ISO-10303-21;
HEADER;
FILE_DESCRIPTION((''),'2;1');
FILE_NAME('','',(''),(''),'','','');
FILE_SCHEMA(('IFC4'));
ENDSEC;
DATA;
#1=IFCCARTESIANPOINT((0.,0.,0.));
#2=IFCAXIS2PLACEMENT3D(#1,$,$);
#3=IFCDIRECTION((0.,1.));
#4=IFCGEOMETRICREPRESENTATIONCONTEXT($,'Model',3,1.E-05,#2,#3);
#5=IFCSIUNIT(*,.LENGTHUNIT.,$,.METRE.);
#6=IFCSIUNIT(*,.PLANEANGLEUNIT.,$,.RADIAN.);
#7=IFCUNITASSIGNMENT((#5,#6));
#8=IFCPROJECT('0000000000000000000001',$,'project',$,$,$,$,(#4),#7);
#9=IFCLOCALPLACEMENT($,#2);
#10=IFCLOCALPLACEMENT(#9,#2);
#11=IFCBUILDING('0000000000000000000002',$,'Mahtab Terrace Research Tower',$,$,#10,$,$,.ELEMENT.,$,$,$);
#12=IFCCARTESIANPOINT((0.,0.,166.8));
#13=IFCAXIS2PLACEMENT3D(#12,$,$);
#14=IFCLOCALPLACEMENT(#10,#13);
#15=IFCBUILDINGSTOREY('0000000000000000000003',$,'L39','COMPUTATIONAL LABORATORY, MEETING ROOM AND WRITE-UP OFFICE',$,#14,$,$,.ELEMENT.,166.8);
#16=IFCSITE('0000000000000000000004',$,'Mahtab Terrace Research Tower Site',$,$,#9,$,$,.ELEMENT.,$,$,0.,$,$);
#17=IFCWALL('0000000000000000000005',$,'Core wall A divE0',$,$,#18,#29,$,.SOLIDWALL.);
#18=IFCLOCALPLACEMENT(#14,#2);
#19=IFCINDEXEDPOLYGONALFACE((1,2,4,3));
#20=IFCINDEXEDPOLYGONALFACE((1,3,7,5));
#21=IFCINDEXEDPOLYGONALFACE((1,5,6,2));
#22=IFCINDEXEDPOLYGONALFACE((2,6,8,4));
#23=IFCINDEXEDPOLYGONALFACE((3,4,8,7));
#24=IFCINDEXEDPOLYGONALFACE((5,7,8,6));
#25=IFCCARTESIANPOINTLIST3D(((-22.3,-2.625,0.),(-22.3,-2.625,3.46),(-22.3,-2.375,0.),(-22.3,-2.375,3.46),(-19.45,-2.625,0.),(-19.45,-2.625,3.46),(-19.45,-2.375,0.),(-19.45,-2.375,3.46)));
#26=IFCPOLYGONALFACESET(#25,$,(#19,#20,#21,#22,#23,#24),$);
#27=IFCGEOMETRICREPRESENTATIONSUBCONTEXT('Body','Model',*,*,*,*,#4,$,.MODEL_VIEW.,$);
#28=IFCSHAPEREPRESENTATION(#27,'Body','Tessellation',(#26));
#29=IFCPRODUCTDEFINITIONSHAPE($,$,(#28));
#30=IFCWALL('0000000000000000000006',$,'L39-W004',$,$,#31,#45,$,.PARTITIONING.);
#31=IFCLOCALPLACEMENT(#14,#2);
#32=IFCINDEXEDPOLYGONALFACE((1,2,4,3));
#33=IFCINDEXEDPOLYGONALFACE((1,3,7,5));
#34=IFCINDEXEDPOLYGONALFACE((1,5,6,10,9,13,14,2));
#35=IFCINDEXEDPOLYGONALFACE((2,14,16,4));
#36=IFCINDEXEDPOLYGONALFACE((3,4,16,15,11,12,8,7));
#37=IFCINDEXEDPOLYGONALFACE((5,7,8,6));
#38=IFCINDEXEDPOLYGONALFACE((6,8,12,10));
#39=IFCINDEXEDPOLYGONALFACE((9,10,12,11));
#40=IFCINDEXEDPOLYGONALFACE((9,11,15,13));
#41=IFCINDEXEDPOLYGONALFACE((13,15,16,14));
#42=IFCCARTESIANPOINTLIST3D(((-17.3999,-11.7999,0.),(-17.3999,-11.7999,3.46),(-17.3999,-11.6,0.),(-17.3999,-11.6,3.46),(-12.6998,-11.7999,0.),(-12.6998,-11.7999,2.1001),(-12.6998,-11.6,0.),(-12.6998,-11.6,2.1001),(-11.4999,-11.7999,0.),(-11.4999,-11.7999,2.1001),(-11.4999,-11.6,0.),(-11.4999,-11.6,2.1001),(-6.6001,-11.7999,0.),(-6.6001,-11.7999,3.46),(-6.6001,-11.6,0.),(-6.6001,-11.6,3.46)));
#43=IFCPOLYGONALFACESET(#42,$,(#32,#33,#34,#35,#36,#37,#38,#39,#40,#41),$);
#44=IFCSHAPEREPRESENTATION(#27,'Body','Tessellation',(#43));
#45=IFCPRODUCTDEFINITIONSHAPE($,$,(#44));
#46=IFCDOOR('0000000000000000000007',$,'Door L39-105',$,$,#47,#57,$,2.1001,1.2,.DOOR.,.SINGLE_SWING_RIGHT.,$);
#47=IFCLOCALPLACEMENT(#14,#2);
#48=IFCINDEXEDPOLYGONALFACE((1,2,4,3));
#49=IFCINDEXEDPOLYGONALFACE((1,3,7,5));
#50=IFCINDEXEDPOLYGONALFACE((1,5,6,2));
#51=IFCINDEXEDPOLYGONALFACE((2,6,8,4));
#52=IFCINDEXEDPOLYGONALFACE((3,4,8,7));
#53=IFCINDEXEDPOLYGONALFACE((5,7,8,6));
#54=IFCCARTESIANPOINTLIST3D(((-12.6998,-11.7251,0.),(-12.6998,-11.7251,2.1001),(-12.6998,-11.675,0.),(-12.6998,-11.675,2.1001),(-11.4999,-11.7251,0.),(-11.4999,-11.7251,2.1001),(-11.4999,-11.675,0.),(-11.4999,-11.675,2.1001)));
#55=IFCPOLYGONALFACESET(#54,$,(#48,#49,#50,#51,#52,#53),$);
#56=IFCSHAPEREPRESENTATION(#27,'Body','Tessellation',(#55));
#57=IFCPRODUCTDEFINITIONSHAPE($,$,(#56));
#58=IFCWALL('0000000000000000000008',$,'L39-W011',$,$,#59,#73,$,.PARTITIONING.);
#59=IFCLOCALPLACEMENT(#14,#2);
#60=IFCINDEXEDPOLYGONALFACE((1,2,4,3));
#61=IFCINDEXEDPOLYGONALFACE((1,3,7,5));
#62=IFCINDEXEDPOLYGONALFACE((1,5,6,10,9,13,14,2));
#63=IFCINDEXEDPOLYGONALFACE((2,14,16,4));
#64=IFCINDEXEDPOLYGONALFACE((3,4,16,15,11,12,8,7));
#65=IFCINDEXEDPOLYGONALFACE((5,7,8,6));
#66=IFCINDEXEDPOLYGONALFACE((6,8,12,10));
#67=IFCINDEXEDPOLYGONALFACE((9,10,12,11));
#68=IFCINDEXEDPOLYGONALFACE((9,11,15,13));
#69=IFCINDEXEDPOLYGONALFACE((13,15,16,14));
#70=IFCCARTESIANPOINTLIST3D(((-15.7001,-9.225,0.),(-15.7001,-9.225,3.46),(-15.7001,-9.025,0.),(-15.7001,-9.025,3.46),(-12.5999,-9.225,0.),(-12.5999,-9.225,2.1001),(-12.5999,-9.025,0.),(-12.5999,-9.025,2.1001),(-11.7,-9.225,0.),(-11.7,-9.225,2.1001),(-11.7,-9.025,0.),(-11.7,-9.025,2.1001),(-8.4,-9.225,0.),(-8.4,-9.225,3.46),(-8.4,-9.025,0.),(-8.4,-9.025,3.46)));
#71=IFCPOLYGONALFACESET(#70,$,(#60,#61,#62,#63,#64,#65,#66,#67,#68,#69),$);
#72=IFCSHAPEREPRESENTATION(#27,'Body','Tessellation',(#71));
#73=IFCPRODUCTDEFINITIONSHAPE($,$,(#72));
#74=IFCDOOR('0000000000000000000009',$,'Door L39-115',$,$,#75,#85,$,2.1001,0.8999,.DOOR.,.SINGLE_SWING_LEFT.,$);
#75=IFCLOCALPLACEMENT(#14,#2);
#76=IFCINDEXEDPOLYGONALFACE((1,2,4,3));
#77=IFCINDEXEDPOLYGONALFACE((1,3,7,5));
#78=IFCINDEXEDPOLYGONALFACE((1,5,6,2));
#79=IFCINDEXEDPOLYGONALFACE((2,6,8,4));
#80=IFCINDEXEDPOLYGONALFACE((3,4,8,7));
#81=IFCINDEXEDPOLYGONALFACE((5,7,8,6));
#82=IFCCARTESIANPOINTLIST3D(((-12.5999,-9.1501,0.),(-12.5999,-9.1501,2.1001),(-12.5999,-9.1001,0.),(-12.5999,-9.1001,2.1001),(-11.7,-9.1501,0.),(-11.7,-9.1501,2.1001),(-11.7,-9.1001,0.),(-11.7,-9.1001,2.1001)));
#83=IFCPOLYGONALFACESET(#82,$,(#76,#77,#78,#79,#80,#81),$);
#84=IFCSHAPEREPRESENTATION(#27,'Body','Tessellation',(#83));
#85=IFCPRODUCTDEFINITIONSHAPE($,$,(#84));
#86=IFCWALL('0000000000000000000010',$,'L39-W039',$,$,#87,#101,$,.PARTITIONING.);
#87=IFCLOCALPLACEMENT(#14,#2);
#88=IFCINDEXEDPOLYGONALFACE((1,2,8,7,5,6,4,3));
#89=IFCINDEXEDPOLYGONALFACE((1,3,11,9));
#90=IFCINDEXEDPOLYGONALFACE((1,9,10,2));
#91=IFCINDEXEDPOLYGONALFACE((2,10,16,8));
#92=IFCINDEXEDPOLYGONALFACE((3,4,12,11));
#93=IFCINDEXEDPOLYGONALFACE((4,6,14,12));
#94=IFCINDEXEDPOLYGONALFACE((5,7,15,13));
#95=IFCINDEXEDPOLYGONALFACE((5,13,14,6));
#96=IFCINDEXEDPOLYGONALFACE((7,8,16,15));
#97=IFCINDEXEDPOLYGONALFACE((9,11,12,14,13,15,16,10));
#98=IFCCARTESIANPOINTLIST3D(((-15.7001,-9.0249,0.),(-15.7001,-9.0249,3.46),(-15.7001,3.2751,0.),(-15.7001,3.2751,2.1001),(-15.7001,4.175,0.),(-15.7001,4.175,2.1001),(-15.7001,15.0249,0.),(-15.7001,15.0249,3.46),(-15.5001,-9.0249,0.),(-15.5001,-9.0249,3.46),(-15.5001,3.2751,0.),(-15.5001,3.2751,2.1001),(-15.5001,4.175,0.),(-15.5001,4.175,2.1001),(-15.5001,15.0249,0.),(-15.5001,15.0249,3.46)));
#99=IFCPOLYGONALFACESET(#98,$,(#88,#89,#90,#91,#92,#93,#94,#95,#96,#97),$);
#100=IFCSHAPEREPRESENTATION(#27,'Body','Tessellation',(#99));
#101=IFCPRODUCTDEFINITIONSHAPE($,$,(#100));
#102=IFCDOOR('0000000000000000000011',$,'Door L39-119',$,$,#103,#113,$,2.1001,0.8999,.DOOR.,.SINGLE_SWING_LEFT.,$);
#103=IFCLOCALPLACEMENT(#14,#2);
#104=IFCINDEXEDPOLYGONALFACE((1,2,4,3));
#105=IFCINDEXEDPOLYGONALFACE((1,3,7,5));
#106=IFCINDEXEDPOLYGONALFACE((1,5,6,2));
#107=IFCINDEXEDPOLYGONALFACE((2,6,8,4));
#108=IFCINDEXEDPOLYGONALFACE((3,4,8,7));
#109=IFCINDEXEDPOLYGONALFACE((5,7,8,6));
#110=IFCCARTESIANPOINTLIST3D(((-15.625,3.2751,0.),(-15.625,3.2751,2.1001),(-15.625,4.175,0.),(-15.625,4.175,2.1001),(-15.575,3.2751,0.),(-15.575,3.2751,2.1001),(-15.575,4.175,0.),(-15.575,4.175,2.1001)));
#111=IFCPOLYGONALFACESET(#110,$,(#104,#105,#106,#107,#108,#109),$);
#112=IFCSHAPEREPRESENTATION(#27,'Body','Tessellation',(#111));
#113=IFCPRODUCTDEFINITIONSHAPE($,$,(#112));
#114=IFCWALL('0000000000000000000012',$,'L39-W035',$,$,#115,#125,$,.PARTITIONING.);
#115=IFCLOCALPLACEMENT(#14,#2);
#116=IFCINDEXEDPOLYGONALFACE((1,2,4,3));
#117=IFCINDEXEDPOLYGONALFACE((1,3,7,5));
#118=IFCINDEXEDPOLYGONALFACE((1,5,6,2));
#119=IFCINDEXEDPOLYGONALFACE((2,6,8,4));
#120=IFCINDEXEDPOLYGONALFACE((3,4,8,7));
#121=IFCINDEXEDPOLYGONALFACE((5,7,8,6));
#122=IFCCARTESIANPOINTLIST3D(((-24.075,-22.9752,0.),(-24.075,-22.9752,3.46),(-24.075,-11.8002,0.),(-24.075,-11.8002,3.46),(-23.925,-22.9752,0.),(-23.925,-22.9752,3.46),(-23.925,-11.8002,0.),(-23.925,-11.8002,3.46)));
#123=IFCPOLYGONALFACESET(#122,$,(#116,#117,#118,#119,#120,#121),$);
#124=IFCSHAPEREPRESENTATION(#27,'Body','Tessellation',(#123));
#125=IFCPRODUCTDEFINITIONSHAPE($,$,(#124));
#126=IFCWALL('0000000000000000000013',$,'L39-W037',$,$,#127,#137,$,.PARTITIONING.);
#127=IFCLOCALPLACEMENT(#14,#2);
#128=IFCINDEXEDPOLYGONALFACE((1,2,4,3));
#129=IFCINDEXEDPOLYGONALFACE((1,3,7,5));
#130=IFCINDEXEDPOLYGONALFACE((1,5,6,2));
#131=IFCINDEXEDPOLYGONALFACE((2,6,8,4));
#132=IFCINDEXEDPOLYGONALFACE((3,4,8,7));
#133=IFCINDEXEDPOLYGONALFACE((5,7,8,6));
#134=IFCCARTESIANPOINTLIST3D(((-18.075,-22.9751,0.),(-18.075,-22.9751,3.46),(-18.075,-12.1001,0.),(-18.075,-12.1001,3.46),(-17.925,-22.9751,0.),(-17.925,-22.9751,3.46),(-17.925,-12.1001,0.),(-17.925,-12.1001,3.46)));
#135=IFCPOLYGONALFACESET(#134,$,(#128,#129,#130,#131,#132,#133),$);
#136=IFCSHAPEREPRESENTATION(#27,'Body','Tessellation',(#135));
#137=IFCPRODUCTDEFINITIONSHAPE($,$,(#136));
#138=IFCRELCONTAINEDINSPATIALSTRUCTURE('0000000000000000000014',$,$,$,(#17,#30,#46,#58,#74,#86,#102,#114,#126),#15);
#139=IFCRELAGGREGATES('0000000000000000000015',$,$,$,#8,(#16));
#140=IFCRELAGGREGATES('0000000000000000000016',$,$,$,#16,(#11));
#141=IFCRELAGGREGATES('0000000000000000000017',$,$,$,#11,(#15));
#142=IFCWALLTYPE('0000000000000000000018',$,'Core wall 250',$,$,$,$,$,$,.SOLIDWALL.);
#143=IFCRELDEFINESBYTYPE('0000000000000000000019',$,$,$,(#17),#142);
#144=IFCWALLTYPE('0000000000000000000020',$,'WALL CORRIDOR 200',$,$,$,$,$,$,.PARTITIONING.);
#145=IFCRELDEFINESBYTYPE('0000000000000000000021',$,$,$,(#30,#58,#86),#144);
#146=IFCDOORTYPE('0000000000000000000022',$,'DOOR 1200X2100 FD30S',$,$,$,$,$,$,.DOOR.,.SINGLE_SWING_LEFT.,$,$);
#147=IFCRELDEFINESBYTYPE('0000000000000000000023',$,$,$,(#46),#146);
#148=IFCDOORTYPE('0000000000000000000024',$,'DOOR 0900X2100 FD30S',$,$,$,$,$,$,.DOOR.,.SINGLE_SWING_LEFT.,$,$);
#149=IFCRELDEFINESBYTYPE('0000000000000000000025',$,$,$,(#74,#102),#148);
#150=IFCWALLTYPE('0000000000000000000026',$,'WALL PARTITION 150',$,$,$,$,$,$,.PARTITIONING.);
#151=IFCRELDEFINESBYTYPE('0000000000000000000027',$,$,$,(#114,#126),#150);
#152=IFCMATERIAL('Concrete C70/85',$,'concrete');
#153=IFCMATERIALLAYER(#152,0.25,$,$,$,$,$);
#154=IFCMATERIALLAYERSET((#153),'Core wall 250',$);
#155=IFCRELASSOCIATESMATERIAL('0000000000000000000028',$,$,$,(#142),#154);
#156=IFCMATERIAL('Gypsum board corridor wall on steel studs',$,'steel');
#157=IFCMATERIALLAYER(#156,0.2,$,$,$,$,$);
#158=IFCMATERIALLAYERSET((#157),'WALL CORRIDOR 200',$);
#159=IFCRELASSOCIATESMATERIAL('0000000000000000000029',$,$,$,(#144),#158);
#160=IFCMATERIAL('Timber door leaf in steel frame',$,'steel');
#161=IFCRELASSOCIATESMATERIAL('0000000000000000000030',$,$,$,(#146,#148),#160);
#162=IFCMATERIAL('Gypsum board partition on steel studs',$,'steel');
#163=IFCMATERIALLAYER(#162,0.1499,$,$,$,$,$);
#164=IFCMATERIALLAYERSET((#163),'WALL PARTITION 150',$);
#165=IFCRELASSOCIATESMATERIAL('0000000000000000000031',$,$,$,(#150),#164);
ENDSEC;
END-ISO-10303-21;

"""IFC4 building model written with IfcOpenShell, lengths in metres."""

from ifc_helpers import new_model, si_unit, direction, frame, frame_2d, origin, place, context, subcontext, project, spatial, rectangle, extrude, material, layer, layer_set, type_object, element, fill, save


model = new_model("IFC4")

# Units and contexts
model_context = context("Model", 3, precision=1e-05, world=origin(), true_north=direction((0.0, 1.0)))
body_context = subcontext(model_context, "Body", "Model", "MODEL_VIEW")
ifc_project = project(units=[si_unit("LENGTHUNIT", "METRE"), si_unit("PLANEANGLEUNIT", "RADIAN")], contexts=[model_context])

# Site, building, storey
site_placement = place(None, origin())
site = spatial("IfcSite", under=ifc_project, at=site_placement, Name="Mahtab Terrace Research Tower Site", CompositionType="ELEMENT", RefElevation=0.0)
building_placement = place(site_placement, origin())
building = spatial("IfcBuilding", under=site, at=building_placement, Name="Mahtab Terrace Research Tower", CompositionType="ELEMENT")
storey_placement = place(building_placement, frame((0.0, 0.0, 166.8)))
storey = spatial("IfcBuildingStorey", under=building, at=storey_placement, Name="L39", Description="COMPUTATIONAL LABORATORY, MEETING ROOM AND WRITE-UP OFFICE", CompositionType="ELEMENT", Elevation=166.8)

# Shared definitions
ifc_material_1 = material(Name="Concrete C70/85", Category="concrete")

# Shared definitions
ifc_layer_1 = layer(ifc_material_1, 0.25)
ifc_layer_set_1 = layer_set([ifc_layer_1], Name="Core wall 250")
wall_type_1 = type_object("IfcWallType", Name="Core wall 250", PredefinedType="SOLIDWALL", material=ifc_layer_set_1)

# Wall
wall_1_placement = place(storey_placement, frame((-22.3, -2.5, 0.0), z_axis=(0.0, 0.0, 1.0), x_axis=(1.0, 0.0, 0.0)))
element("IfcWall", 1, at=wall_1_placement, inside=storey, type_object=wall_type_1, Name="Core wall A divE0", PredefinedType="SOLIDWALL", context=body_context, shape_type="SweptSolid", body=[
    extrude(rectangle(XDim=2.8501, YDim=0.25, at=frame_2d((1.425, 0.0))), origin(), (0.0, 0.0, 1.0), 3.46),
])

# Walls, openings, doors
ifc_material_2 = material(Name="Gypsum board corridor wall on steel studs", Category="steel")
ifc_layer_2 = layer(ifc_material_2, 0.2)
ifc_layer_set_2 = layer_set([ifc_layer_2], Name="WALL CORRIDOR 200")
wall_type_2 = type_object("IfcWallType", Name="WALL CORRIDOR 200", PredefinedType="PARTITIONING", material=ifc_layer_set_2)
wall_2_placement = place(storey_placement, frame((-17.3999, -11.7, 0.0), z_axis=(0.0, 0.0, 1.0), x_axis=(1.0, 0.0, 0.0)))
wall_2 = element("IfcWall", 2, at=wall_2_placement, inside=storey, type_object=wall_type_2, Name="L39-W004", PredefinedType="PARTITIONING", context=body_context, shape_type="SweptSolid", body=[
    extrude(rectangle(XDim=10.7998, YDim=0.2, at=frame_2d((5.3999, 0.0))), origin(), (0.0, 0.0, 1.0), 3.46),
])
opening_1_placement = place(wall_2_placement, frame((4.7, 0.0, 0.0)))
opening_1 = element("IfcOpeningElement", 3, at=opening_1_placement, cuts=wall_2, PredefinedType="OPENING", context=body_context, shape_type="SweptSolid", body=[
    extrude(rectangle(XDim=1.2, YDim=2.1001, at=frame_2d((0.6001, 1.05))), frame((0.0, 0.1099, 0.0), z_axis=(0.0, -1.0, 0.0), x_axis=(1.0, 0.0, 0.0)), (0.0, 0.0, 1.0), 0.22),
])
ifc_material_3 = material(Name="Timber door leaf in steel frame", Category="steel")
door_type_1 = type_object("IfcDoorType", Name="DOOR 1200X2100 FD30S", OperationType="SINGLE_SWING_LEFT", PredefinedType="DOOR", material=ifc_material_3)
door_1_placement = place(opening_1_placement, origin())
door_1 = element("IfcDoor", 4, at=door_1_placement, inside=storey, type_object=door_type_1, Name="Door L39-105", OperationType="SINGLE_SWING_RIGHT", OverallHeight=2.1001, OverallWidth=1.2, PredefinedType="DOOR", context=body_context, shape_type="SweptSolid", body=[
    extrude(rectangle(XDim=1.2, YDim=2.1001, at=frame_2d((0.6001, 1.05))), frame((0.0, 0.0249, 0.0), z_axis=(0.0, -1.0, 0.0), x_axis=(1.0, 0.0, 0.0)), (0.0, 0.0, 1.0), 0.05),
])
fill(opening_1, door_1)
wall_3_placement = place(storey_placement, frame((-15.7, -9.125, 0.0), z_axis=(0.0, 0.0, 1.0), x_axis=(1.0, 0.0, 0.0)))
wall_3 = element("IfcWall", 5, at=wall_3_placement, inside=storey, type_object=wall_type_2, Name="L39-W011", PredefinedType="PARTITIONING", context=body_context, shape_type="SweptSolid", body=[
    extrude(rectangle(XDim=7.3, YDim=0.2, at=frame_2d((3.6499, 0.0))), origin(), (0.0, 0.0, 1.0), 3.46),
])
opening_2_placement = place(wall_3_placement, frame((3.1001, 0.0, 0.0)))
opening_2 = element("IfcOpeningElement", 6, at=opening_2_placement, cuts=wall_3, PredefinedType="OPENING", context=body_context, shape_type="SweptSolid", body=[
    extrude(rectangle(XDim=0.8999, YDim=2.1001, at=frame_2d((0.45, 1.05))), frame((0.0, 0.1099, 0.0), z_axis=(0.0, -1.0, 0.0), x_axis=(1.0, 0.0, 0.0)), (0.0, 0.0, 1.0), 0.22),
])
door_type_2 = type_object("IfcDoorType", Name="DOOR 0900X2100 FD30S", OperationType="SINGLE_SWING_LEFT", PredefinedType="DOOR", material=ifc_material_3)
door_2_placement = place(opening_2_placement, origin())
door_2 = element("IfcDoor", 7, at=door_2_placement, inside=storey, type_object=door_type_2, Name="Door L39-115", OperationType="SINGLE_SWING_LEFT", OverallHeight=2.1001, OverallWidth=0.8999, PredefinedType="DOOR", context=body_context, shape_type="SweptSolid", body=[
    extrude(rectangle(XDim=0.8999, YDim=2.1001, at=frame_2d((0.45, 1.05))), frame((0.0, 0.0249, 0.0), z_axis=(0.0, -1.0, 0.0), x_axis=(1.0, 0.0, 0.0)), (0.0, 0.0, 1.0), 0.05),
])
fill(opening_2, door_2)
wall_4_placement = place(storey_placement, frame((-15.6001, -9.0249, 0.0), z_axis=(0.0, 0.0, 1.0), x_axis=(0.0, 1.0, 0.0)))
wall_4 = element("IfcWall", 8, at=wall_4_placement, inside=storey, type_object=wall_type_2, Name="L39-W039", PredefinedType="PARTITIONING", context=body_context, shape_type="SweptSolid", body=[
    extrude(rectangle(XDim=24.0498, YDim=0.2, at=frame_2d((12.0249, 0.0))), origin(), (0.0, 0.0, 1.0), 3.46),
])
opening_3_placement = place(wall_4_placement, frame((12.3, 0.0, 0.0)))
opening_3 = element("IfcOpeningElement", 9, at=opening_3_placement, cuts=wall_4, PredefinedType="OPENING", context=body_context, shape_type="SweptSolid", body=[
    extrude(rectangle(XDim=0.8999, YDim=2.1001, at=frame_2d((0.45, 1.05))), frame((0.0, 0.1099, 0.0), z_axis=(0.0, -1.0, 0.0), x_axis=(1.0, 0.0, 0.0)), (0.0, 0.0, 1.0), 0.22),
])
door_3_placement = place(opening_3_placement, origin())
door_3 = element("IfcDoor", 10, at=door_3_placement, inside=storey, type_object=door_type_2, Name="Door L39-119", OperationType="SINGLE_SWING_LEFT", OverallHeight=2.1001, OverallWidth=0.8999, PredefinedType="DOOR", context=body_context, shape_type="SweptSolid", body=[
    extrude(rectangle(XDim=0.8999, YDim=2.1001, at=frame_2d((0.45, 1.05))), frame((0.0, 0.0249, 0.0), z_axis=(0.0, -1.0, 0.0), x_axis=(1.0, 0.0, 0.0)), (0.0, 0.0, 1.0), 0.05),
])
fill(opening_3, door_3)

# Walls
ifc_material_4 = material(Name="Gypsum board partition on steel studs", Category="steel")
ifc_layer_3 = layer(ifc_material_4, 0.1499)
ifc_layer_set_3 = layer_set([ifc_layer_3], Name="WALL PARTITION 150")
wall_type_3 = type_object("IfcWallType", Name="WALL PARTITION 150", PredefinedType="PARTITIONING", material=ifc_layer_set_3)
wall_5_placement = place(storey_placement, frame((-24.0, -22.9751, 0.0), z_axis=(0.0, 0.0, 1.0), x_axis=(0.0, 1.0, 0.0)))
element("IfcWall", 11, at=wall_5_placement, inside=storey, type_object=wall_type_3, Name="L39-W035", PredefinedType="PARTITIONING", context=body_context, shape_type="SweptSolid", body=[
    extrude(rectangle(XDim=11.175, YDim=0.1499, at=frame_2d((5.5874, 0.0))), origin(), (0.0, 0.0, 1.0), 3.46),
])
wall_6_placement = place(storey_placement, frame((-18.0, -22.9751, 0.0), z_axis=(0.0, 0.0, 1.0), x_axis=(0.0, 1.0, 0.0)))
element("IfcWall", 12, at=wall_6_placement, inside=storey, type_object=wall_type_3, Name="L39-W037", PredefinedType="PARTITIONING", context=body_context, shape_type="SweptSolid", body=[
    extrude(rectangle(XDim=10.875, YDim=0.1499, at=frame_2d((5.4375, 0.0))), origin(), (0.0, 0.0, 1.0), 3.46),
])

save(model, "model.ifc")
